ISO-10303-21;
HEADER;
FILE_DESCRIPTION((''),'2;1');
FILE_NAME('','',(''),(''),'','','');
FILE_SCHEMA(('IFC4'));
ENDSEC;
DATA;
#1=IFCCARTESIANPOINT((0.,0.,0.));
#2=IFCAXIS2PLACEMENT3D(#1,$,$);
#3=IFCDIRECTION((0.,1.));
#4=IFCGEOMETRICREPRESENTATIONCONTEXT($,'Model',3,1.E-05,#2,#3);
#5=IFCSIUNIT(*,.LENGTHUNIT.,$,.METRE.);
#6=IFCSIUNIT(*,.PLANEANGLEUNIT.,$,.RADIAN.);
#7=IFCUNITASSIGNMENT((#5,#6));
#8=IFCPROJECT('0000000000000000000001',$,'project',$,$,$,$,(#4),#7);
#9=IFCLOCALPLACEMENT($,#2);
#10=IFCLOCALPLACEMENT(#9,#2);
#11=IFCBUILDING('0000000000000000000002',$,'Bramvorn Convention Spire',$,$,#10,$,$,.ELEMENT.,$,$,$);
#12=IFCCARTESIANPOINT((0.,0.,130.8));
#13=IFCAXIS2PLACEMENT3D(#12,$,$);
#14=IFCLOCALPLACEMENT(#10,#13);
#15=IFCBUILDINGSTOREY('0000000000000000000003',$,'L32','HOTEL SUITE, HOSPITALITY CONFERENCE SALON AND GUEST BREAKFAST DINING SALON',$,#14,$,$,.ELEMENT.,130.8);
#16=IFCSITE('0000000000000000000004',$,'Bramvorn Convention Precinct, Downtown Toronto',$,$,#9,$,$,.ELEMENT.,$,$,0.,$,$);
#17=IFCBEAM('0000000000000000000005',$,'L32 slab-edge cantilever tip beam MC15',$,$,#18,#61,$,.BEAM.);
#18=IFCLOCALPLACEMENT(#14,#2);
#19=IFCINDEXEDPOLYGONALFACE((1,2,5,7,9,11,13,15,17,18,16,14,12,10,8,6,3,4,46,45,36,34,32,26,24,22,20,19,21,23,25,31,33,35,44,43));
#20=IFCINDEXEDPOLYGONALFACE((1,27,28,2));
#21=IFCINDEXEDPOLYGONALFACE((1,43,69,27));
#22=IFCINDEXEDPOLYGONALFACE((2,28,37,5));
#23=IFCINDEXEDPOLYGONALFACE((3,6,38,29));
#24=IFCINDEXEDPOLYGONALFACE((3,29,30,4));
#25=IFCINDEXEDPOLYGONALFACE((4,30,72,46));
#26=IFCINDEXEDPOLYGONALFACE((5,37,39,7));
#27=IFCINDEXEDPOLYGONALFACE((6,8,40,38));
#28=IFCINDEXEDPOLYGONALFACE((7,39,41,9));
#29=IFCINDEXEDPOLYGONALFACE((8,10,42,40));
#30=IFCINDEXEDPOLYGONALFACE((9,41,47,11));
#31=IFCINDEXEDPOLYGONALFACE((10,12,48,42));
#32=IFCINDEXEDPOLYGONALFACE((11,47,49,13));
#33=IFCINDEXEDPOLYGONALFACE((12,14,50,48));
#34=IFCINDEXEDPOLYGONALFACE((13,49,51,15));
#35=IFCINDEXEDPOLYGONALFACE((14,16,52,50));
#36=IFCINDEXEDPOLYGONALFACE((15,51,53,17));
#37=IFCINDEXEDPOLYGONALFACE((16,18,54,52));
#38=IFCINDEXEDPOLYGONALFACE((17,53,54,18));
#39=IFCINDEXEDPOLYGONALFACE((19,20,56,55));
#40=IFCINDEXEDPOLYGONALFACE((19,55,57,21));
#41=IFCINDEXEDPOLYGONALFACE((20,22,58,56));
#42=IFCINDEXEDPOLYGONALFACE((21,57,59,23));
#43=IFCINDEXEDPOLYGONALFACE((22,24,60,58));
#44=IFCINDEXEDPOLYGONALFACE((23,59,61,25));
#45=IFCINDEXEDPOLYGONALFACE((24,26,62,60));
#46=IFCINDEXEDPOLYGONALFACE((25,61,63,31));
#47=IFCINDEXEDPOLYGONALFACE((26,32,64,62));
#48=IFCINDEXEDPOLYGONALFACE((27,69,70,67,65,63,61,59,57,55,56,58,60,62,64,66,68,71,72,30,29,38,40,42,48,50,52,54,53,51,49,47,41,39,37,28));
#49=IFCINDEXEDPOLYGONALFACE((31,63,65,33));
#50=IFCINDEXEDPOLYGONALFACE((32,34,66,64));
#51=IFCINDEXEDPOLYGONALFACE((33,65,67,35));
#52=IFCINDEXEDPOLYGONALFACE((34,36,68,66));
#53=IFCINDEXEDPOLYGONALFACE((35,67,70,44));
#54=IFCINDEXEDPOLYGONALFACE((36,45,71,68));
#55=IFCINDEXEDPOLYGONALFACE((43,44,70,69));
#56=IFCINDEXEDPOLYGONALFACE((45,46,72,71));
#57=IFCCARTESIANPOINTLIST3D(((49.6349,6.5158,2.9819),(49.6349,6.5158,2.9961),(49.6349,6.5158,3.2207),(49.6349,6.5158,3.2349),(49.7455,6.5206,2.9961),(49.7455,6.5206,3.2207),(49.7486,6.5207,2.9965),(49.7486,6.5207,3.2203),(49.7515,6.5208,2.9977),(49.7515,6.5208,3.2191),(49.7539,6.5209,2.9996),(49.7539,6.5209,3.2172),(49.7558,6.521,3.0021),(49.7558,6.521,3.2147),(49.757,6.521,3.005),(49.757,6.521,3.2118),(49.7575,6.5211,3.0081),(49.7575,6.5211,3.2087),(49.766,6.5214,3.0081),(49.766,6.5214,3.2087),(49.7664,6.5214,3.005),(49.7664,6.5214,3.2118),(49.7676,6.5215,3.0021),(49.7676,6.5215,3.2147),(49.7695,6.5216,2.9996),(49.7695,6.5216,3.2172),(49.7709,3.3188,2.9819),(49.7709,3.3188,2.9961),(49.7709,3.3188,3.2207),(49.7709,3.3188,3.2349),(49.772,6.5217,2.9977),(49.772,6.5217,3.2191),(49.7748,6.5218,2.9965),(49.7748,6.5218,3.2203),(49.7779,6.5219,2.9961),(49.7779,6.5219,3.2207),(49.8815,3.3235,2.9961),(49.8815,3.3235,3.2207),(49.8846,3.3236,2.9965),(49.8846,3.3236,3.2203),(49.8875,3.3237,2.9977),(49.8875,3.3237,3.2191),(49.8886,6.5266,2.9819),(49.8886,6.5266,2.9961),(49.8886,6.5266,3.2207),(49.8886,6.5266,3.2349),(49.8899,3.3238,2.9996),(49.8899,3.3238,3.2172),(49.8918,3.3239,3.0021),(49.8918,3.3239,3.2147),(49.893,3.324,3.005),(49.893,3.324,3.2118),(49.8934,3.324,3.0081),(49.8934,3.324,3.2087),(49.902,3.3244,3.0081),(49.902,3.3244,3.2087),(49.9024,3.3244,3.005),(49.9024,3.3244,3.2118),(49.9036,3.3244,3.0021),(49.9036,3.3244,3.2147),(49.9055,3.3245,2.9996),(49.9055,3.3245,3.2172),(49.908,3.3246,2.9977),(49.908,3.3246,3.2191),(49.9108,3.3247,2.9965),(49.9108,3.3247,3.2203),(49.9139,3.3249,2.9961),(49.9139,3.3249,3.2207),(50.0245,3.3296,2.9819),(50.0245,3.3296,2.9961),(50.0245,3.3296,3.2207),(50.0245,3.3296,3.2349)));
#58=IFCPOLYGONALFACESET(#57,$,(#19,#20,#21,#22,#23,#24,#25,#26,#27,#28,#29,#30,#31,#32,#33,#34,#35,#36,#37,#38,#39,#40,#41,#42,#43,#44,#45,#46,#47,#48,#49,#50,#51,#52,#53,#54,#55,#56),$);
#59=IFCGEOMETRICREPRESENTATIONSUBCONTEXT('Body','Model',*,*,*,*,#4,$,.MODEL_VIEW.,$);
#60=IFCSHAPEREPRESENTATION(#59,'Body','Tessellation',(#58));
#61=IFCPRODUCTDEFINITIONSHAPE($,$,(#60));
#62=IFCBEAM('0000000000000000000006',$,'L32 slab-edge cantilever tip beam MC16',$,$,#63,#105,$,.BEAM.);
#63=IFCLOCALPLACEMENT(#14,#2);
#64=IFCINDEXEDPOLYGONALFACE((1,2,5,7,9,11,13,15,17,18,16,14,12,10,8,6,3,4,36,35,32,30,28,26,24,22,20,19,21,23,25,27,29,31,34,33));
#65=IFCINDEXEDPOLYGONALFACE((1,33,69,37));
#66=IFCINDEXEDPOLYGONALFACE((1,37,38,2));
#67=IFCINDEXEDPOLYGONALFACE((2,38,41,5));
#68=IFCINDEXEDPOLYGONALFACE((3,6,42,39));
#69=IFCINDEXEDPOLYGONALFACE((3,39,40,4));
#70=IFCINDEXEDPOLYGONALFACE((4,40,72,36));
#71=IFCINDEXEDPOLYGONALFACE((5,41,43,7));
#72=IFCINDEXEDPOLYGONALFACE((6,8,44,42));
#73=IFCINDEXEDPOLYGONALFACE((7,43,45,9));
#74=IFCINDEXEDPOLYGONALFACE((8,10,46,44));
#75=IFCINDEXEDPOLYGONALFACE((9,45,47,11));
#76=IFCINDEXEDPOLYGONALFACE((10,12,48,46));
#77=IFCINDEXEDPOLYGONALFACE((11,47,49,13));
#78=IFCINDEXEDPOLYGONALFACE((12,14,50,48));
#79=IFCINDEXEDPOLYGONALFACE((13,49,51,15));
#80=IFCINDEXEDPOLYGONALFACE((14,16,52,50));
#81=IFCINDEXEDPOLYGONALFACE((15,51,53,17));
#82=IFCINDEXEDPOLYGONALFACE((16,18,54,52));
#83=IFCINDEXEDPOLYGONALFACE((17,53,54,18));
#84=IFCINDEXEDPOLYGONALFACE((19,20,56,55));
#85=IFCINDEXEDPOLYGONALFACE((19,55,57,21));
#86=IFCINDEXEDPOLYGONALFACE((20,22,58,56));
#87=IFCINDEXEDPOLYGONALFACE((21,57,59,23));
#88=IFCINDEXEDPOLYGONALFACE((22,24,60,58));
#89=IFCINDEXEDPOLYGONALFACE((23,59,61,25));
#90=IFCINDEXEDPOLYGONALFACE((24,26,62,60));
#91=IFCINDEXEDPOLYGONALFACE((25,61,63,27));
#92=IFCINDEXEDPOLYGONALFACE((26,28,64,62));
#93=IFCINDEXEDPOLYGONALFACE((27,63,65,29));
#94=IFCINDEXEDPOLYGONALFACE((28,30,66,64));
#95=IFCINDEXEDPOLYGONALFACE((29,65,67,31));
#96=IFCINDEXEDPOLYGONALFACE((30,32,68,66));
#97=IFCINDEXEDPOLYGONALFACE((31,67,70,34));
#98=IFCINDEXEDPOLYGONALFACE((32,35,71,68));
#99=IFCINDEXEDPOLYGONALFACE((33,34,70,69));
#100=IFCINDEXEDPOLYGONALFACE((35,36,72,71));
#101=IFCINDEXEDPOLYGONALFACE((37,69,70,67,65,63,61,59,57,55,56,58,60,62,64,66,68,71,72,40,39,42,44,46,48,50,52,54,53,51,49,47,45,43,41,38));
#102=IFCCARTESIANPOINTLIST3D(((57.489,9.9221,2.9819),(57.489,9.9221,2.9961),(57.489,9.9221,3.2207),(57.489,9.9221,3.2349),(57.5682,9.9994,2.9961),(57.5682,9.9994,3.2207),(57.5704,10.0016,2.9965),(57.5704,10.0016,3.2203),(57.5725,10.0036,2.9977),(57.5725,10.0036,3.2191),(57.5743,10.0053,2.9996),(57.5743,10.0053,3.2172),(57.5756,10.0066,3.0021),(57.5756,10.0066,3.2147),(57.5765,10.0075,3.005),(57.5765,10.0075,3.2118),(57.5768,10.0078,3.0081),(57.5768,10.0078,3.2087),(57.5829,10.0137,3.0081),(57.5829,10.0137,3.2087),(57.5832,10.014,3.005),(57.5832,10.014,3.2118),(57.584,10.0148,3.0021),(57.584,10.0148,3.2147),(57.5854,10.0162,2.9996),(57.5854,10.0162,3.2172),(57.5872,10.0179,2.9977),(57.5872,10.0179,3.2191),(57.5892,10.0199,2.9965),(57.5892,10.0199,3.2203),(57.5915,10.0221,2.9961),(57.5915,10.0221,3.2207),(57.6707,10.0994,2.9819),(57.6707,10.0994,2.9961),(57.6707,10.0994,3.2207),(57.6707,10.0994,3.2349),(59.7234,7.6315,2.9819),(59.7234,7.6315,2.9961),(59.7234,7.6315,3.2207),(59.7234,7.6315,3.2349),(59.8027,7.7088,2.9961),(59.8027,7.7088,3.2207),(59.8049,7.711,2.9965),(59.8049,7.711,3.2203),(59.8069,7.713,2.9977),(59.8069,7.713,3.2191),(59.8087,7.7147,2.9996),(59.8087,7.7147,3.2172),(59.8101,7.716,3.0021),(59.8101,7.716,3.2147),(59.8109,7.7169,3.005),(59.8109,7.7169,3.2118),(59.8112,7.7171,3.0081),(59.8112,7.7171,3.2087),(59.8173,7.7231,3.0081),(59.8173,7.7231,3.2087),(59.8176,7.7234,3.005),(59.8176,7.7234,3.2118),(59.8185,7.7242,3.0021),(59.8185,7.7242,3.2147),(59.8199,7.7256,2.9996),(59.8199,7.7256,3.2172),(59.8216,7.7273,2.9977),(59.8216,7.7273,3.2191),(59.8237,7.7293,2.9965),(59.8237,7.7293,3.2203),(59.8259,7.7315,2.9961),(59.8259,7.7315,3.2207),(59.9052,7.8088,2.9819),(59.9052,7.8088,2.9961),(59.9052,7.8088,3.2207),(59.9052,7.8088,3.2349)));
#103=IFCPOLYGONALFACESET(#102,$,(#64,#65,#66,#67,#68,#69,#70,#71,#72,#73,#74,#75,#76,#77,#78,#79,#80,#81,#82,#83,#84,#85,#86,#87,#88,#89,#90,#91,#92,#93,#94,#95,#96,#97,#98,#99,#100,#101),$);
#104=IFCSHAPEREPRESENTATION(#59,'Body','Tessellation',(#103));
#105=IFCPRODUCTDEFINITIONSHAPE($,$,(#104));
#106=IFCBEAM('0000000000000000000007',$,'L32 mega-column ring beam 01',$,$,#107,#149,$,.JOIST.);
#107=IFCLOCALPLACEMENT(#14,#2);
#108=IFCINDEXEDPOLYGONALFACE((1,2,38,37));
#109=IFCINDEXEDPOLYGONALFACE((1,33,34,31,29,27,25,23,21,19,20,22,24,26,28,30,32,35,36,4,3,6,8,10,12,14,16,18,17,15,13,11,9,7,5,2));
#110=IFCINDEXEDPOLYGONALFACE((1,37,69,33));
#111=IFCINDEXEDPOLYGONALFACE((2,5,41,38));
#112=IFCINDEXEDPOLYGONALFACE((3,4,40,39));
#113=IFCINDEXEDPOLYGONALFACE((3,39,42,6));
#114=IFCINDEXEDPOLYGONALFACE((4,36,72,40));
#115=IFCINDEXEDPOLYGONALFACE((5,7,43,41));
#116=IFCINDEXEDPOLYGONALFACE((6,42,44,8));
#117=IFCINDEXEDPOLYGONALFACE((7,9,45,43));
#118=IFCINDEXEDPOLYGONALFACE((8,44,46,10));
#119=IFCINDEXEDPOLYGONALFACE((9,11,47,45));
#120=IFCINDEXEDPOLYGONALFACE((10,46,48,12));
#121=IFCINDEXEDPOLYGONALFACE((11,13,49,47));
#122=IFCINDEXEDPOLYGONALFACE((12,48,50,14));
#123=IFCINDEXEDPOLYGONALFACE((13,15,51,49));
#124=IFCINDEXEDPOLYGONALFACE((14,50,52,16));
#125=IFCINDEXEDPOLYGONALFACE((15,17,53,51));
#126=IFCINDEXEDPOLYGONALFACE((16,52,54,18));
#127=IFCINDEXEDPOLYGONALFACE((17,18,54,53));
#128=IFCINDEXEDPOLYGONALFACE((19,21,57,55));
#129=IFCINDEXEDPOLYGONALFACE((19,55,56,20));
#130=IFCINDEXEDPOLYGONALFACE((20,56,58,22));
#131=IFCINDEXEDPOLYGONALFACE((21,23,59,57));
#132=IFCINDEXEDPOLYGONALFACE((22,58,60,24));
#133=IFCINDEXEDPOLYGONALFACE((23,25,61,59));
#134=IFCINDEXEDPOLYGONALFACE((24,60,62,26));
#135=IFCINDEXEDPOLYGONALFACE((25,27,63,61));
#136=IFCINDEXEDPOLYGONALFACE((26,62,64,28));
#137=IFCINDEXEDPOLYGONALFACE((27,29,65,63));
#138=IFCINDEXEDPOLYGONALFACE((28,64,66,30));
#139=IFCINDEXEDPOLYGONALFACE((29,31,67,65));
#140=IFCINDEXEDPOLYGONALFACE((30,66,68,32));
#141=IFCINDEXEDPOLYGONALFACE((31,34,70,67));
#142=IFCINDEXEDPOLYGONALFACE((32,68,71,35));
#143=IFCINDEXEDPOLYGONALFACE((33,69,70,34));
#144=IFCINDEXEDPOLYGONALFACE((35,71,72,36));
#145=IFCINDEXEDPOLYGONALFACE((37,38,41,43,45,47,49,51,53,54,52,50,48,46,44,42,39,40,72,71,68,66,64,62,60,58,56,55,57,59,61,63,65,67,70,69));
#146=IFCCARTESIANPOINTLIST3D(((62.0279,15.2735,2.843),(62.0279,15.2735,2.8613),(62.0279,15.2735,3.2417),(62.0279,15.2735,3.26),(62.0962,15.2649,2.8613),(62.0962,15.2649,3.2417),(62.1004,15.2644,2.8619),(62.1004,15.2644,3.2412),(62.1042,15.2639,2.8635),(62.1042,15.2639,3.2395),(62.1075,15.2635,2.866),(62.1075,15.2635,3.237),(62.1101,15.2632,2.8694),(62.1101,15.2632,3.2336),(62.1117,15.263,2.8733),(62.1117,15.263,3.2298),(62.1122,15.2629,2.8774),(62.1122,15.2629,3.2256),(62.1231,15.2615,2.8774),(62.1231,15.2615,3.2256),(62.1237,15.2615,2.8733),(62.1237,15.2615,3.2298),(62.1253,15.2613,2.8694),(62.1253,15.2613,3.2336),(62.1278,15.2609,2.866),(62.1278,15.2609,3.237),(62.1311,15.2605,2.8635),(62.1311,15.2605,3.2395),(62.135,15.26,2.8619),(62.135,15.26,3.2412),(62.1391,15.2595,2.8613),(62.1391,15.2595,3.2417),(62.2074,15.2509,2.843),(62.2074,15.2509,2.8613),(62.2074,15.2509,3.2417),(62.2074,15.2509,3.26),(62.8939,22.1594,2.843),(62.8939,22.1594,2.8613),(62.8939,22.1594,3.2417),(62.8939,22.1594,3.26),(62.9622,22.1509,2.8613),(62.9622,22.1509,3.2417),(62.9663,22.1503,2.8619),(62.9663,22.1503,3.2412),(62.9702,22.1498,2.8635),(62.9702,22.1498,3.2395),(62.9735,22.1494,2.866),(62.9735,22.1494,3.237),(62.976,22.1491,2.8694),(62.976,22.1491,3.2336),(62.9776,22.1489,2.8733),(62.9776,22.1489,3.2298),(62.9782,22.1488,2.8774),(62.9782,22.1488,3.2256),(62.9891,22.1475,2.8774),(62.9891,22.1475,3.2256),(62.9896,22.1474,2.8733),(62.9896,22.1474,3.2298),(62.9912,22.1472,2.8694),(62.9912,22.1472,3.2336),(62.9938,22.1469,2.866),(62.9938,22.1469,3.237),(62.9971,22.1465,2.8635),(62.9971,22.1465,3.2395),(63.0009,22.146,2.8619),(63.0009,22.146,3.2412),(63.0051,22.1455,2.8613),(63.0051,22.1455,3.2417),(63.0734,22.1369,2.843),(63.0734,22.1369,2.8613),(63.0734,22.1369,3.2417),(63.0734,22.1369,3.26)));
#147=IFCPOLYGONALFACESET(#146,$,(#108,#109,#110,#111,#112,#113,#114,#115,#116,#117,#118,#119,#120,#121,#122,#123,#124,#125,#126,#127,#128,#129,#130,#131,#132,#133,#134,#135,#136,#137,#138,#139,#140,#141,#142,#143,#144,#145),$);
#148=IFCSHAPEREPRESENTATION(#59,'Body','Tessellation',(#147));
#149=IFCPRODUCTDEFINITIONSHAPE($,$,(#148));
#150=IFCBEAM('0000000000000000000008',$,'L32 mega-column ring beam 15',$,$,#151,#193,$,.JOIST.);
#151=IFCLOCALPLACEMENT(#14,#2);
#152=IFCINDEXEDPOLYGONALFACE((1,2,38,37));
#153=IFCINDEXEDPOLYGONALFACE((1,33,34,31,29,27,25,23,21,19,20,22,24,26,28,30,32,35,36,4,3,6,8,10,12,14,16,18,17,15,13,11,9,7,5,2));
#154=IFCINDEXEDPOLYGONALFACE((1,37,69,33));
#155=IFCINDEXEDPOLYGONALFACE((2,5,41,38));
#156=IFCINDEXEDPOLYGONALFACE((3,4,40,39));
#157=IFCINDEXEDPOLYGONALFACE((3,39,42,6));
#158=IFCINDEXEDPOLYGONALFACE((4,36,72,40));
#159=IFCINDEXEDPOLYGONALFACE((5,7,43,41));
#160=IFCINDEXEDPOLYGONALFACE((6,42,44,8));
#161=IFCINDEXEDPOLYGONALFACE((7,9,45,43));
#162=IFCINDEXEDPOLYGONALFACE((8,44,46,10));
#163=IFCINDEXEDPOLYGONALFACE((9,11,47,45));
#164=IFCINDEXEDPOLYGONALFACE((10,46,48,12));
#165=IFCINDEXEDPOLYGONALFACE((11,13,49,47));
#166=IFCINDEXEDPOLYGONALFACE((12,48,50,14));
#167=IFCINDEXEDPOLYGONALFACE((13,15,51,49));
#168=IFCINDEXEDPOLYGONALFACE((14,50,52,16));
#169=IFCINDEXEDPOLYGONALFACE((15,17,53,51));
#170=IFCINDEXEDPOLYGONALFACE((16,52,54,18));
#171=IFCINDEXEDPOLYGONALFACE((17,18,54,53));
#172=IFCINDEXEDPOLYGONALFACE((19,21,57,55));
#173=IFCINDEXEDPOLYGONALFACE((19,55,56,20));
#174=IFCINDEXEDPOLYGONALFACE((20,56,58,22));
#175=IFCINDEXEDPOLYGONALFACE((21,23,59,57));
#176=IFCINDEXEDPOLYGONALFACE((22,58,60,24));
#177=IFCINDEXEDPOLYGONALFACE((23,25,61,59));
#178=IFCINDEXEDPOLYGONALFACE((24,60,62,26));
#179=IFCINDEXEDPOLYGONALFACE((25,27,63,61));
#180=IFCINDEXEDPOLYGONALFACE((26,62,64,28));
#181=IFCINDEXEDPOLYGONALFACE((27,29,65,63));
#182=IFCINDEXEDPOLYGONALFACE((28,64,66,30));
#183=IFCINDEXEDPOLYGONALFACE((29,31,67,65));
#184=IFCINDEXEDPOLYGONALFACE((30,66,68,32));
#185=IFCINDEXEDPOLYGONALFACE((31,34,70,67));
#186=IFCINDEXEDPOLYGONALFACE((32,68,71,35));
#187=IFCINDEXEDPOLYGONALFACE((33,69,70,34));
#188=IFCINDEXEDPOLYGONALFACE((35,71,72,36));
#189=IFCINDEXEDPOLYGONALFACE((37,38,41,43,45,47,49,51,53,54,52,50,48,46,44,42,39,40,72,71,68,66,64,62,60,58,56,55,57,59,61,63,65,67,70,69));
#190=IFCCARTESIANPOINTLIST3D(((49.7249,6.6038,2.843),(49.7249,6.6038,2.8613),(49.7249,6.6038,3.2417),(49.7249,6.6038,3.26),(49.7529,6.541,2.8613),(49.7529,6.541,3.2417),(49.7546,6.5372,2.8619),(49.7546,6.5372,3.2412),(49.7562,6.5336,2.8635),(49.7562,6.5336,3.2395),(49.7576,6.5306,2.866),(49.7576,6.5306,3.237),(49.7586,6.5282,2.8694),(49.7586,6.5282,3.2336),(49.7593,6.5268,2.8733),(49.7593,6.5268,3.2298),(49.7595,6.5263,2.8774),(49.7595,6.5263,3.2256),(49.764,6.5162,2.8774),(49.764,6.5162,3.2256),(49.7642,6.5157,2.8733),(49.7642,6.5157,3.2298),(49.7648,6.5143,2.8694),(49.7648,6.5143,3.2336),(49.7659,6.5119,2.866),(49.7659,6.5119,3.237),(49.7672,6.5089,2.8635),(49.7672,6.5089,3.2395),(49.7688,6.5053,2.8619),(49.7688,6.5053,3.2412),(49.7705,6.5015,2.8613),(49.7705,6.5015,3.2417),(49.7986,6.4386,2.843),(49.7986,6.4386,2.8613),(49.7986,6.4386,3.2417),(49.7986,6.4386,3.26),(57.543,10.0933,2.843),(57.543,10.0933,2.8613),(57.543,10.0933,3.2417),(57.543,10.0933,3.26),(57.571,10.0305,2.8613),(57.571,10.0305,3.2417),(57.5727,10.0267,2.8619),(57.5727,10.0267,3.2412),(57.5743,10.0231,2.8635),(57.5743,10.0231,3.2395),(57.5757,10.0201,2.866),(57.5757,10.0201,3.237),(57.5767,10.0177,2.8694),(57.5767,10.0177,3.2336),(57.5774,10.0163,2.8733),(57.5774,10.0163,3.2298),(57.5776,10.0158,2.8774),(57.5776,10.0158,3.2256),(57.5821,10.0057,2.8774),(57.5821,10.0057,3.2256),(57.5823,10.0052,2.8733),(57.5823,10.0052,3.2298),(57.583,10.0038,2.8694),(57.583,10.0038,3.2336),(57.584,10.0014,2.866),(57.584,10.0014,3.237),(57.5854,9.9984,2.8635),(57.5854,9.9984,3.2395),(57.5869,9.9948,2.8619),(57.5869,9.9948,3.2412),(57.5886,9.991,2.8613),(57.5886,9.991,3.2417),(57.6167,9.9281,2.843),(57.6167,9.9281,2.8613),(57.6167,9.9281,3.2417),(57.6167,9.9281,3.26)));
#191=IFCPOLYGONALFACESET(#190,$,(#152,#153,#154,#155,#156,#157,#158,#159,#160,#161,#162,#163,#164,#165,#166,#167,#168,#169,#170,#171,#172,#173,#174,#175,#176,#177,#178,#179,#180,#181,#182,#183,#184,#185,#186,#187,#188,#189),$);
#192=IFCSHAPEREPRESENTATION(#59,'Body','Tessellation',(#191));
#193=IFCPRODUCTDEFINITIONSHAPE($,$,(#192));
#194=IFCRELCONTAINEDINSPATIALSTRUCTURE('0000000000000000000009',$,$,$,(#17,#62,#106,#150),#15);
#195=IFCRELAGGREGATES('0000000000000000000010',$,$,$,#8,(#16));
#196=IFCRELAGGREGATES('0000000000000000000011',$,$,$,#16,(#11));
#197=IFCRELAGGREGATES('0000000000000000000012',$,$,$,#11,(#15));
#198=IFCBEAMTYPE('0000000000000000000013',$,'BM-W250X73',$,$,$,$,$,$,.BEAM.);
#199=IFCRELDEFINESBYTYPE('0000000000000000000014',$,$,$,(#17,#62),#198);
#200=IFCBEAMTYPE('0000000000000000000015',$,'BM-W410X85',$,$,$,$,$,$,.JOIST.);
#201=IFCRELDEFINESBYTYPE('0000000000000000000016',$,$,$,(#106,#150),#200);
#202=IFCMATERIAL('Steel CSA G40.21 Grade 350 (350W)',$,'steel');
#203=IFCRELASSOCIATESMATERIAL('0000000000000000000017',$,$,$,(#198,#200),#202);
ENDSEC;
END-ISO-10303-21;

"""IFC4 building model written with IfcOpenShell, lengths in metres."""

from ifc_helpers import new_model, si_unit, direction, frame, origin, origin_2d, place, context, subcontext, project, spatial, i_section, extrude, material, material_profile, profile_set, type_object, element, save


model = new_model("IFC4")

# Units and contexts
model_context = context("Model", 3, precision=1e-05, world=origin(), true_north=direction((0.0, 1.0)))
body_context = subcontext(model_context, "Body", "Model", "MODEL_VIEW")
ifc_project = project(units=[si_unit("LENGTHUNIT", "METRE"), si_unit("PLANEANGLEUNIT", "RADIAN")], contexts=[model_context])

# Site, building, storey
site_placement = place(None, origin())
site = spatial("IfcSite", under=ifc_project, at=site_placement, Name="Bramvorn Convention Precinct, Downtown Toronto", CompositionType="ELEMENT", RefElevation=0.0)
building_placement = place(site_placement, origin())
building = spatial("IfcBuilding", under=site, at=building_placement, Name="Bramvorn Convention Spire", CompositionType="ELEMENT")
storey_placement = place(building_placement, frame((0.0, 0.0, 130.8)))
storey = spatial("IfcBuildingStorey", under=building, at=storey_placement, Name="L32", Description="HOTEL SUITE, HOSPITALITY CONFERENCE SALON AND GUEST BREAKFAST DINING SALON", CompositionType="ELEMENT", Elevation=130.8)

# Shared definitions
ifc_material_1 = material(Name="Steel CSA G40.21 Grade 350 (350W)", Category="steel")

# Beams
ifc_material_profile_1 = material_profile(ifc_material_1, i_section(OverallWidth=0.2539, OverallDepth=0.2529, WebThickness=0.0085, FlangeThickness=0.0142, FilletRadius=0.012, at=origin_2d()))
ifc_profile_set_1 = profile_set([ifc_material_profile_1], Name="Steel CSA G40.21 Grade 350 (350W) - W250X73")
beam_type_1 = type_object("IfcBeamType", Name="BM-W250X73", PredefinedType="BEAM", material=ifc_profile_set_1)
for number, where, z_axis, x_axis, name in (
    (1, (49.7617, 6.5212, 3.1084), (0.042497, -0.999097, 0.0), (0.999097, 0.042497, 0.0), "L32 slab-edge cantilever tip beam MC15"),
    (2, (57.5798, 10.0107, 3.1084), (0.698278, -0.715827, 0.0), (0.715827, 0.698278, 0.0), "L32 slab-edge cantilever tip beam MC16"),
):
    element("IfcBeam", number, at=place(storey_placement, frame(where, z_axis=z_axis, x_axis=x_axis)), inside=storey, type_object=beam_type_1, Name=name, PredefinedType="BEAM", context=body_context, shape_type="SweptSolid", body=[
        extrude(i_section(OverallWidth=0.2539, OverallDepth=0.2529, WebThickness=0.0085, FlangeThickness=0.0142, FilletRadius=0.012, at=origin_2d()), origin(), (0.0, 0.0, 1.0), 3.2),
    ])
ifc_material_profile_2 = material_profile(ifc_material_1, i_section(OverallWidth=0.1809, OverallDepth=0.417, WebThickness=0.011, FlangeThickness=0.0183, FilletRadius=0.0161, at=origin_2d()))
ifc_profile_set_2 = profile_set([ifc_material_profile_2], Name="Steel CSA G40.21 Grade 350 (350W) - W410X85")
beam_type_2 = type_object("IfcBeamType", Name="BM-W410X85", PredefinedType="JOIST", material=ifc_profile_set_2)
beam_1_placement = place(storey_placement, frame((62.1177, 15.2622, 3.0515), z_axis=(0.124775, 0.992185, 0.0), x_axis=(-0.992185, 0.124775, 0.0)))
element("IfcBeam", 3, at=beam_1_placement, inside=storey, type_object=beam_type_2, Name="L32 mega-column ring beam 01", PredefinedType="JOIST", context=body_context, shape_type="SweptSolid", body=[
    extrude(i_section(OverallWidth=0.1809, OverallDepth=0.417, WebThickness=0.011, FlangeThickness=0.0183, FilletRadius=0.0161, at=origin_2d()), origin(), (0.0, 0.0, 1.0), 6.9402),
])
beam_2_placement = place(storey_placement, frame((49.7617, 6.5212, 3.0515), z_axis=(0.91317, 0.40758, 0.0), x_axis=(-0.40758, 0.91317, 0.0)))
element("IfcBeam", 4, at=beam_2_placement, inside=storey, type_object=beam_type_2, Name="L32 mega-column ring beam 15", PredefinedType="JOIST", context=body_context, shape_type="SweptSolid", body=[
    extrude(i_section(OverallWidth=0.1809, OverallDepth=0.417, WebThickness=0.011, FlangeThickness=0.0183, FilletRadius=0.0161, at=origin_2d()), origin(), (0.0, 0.0, 1.0), 8.5615),
])

save(model, "model.ifc")
